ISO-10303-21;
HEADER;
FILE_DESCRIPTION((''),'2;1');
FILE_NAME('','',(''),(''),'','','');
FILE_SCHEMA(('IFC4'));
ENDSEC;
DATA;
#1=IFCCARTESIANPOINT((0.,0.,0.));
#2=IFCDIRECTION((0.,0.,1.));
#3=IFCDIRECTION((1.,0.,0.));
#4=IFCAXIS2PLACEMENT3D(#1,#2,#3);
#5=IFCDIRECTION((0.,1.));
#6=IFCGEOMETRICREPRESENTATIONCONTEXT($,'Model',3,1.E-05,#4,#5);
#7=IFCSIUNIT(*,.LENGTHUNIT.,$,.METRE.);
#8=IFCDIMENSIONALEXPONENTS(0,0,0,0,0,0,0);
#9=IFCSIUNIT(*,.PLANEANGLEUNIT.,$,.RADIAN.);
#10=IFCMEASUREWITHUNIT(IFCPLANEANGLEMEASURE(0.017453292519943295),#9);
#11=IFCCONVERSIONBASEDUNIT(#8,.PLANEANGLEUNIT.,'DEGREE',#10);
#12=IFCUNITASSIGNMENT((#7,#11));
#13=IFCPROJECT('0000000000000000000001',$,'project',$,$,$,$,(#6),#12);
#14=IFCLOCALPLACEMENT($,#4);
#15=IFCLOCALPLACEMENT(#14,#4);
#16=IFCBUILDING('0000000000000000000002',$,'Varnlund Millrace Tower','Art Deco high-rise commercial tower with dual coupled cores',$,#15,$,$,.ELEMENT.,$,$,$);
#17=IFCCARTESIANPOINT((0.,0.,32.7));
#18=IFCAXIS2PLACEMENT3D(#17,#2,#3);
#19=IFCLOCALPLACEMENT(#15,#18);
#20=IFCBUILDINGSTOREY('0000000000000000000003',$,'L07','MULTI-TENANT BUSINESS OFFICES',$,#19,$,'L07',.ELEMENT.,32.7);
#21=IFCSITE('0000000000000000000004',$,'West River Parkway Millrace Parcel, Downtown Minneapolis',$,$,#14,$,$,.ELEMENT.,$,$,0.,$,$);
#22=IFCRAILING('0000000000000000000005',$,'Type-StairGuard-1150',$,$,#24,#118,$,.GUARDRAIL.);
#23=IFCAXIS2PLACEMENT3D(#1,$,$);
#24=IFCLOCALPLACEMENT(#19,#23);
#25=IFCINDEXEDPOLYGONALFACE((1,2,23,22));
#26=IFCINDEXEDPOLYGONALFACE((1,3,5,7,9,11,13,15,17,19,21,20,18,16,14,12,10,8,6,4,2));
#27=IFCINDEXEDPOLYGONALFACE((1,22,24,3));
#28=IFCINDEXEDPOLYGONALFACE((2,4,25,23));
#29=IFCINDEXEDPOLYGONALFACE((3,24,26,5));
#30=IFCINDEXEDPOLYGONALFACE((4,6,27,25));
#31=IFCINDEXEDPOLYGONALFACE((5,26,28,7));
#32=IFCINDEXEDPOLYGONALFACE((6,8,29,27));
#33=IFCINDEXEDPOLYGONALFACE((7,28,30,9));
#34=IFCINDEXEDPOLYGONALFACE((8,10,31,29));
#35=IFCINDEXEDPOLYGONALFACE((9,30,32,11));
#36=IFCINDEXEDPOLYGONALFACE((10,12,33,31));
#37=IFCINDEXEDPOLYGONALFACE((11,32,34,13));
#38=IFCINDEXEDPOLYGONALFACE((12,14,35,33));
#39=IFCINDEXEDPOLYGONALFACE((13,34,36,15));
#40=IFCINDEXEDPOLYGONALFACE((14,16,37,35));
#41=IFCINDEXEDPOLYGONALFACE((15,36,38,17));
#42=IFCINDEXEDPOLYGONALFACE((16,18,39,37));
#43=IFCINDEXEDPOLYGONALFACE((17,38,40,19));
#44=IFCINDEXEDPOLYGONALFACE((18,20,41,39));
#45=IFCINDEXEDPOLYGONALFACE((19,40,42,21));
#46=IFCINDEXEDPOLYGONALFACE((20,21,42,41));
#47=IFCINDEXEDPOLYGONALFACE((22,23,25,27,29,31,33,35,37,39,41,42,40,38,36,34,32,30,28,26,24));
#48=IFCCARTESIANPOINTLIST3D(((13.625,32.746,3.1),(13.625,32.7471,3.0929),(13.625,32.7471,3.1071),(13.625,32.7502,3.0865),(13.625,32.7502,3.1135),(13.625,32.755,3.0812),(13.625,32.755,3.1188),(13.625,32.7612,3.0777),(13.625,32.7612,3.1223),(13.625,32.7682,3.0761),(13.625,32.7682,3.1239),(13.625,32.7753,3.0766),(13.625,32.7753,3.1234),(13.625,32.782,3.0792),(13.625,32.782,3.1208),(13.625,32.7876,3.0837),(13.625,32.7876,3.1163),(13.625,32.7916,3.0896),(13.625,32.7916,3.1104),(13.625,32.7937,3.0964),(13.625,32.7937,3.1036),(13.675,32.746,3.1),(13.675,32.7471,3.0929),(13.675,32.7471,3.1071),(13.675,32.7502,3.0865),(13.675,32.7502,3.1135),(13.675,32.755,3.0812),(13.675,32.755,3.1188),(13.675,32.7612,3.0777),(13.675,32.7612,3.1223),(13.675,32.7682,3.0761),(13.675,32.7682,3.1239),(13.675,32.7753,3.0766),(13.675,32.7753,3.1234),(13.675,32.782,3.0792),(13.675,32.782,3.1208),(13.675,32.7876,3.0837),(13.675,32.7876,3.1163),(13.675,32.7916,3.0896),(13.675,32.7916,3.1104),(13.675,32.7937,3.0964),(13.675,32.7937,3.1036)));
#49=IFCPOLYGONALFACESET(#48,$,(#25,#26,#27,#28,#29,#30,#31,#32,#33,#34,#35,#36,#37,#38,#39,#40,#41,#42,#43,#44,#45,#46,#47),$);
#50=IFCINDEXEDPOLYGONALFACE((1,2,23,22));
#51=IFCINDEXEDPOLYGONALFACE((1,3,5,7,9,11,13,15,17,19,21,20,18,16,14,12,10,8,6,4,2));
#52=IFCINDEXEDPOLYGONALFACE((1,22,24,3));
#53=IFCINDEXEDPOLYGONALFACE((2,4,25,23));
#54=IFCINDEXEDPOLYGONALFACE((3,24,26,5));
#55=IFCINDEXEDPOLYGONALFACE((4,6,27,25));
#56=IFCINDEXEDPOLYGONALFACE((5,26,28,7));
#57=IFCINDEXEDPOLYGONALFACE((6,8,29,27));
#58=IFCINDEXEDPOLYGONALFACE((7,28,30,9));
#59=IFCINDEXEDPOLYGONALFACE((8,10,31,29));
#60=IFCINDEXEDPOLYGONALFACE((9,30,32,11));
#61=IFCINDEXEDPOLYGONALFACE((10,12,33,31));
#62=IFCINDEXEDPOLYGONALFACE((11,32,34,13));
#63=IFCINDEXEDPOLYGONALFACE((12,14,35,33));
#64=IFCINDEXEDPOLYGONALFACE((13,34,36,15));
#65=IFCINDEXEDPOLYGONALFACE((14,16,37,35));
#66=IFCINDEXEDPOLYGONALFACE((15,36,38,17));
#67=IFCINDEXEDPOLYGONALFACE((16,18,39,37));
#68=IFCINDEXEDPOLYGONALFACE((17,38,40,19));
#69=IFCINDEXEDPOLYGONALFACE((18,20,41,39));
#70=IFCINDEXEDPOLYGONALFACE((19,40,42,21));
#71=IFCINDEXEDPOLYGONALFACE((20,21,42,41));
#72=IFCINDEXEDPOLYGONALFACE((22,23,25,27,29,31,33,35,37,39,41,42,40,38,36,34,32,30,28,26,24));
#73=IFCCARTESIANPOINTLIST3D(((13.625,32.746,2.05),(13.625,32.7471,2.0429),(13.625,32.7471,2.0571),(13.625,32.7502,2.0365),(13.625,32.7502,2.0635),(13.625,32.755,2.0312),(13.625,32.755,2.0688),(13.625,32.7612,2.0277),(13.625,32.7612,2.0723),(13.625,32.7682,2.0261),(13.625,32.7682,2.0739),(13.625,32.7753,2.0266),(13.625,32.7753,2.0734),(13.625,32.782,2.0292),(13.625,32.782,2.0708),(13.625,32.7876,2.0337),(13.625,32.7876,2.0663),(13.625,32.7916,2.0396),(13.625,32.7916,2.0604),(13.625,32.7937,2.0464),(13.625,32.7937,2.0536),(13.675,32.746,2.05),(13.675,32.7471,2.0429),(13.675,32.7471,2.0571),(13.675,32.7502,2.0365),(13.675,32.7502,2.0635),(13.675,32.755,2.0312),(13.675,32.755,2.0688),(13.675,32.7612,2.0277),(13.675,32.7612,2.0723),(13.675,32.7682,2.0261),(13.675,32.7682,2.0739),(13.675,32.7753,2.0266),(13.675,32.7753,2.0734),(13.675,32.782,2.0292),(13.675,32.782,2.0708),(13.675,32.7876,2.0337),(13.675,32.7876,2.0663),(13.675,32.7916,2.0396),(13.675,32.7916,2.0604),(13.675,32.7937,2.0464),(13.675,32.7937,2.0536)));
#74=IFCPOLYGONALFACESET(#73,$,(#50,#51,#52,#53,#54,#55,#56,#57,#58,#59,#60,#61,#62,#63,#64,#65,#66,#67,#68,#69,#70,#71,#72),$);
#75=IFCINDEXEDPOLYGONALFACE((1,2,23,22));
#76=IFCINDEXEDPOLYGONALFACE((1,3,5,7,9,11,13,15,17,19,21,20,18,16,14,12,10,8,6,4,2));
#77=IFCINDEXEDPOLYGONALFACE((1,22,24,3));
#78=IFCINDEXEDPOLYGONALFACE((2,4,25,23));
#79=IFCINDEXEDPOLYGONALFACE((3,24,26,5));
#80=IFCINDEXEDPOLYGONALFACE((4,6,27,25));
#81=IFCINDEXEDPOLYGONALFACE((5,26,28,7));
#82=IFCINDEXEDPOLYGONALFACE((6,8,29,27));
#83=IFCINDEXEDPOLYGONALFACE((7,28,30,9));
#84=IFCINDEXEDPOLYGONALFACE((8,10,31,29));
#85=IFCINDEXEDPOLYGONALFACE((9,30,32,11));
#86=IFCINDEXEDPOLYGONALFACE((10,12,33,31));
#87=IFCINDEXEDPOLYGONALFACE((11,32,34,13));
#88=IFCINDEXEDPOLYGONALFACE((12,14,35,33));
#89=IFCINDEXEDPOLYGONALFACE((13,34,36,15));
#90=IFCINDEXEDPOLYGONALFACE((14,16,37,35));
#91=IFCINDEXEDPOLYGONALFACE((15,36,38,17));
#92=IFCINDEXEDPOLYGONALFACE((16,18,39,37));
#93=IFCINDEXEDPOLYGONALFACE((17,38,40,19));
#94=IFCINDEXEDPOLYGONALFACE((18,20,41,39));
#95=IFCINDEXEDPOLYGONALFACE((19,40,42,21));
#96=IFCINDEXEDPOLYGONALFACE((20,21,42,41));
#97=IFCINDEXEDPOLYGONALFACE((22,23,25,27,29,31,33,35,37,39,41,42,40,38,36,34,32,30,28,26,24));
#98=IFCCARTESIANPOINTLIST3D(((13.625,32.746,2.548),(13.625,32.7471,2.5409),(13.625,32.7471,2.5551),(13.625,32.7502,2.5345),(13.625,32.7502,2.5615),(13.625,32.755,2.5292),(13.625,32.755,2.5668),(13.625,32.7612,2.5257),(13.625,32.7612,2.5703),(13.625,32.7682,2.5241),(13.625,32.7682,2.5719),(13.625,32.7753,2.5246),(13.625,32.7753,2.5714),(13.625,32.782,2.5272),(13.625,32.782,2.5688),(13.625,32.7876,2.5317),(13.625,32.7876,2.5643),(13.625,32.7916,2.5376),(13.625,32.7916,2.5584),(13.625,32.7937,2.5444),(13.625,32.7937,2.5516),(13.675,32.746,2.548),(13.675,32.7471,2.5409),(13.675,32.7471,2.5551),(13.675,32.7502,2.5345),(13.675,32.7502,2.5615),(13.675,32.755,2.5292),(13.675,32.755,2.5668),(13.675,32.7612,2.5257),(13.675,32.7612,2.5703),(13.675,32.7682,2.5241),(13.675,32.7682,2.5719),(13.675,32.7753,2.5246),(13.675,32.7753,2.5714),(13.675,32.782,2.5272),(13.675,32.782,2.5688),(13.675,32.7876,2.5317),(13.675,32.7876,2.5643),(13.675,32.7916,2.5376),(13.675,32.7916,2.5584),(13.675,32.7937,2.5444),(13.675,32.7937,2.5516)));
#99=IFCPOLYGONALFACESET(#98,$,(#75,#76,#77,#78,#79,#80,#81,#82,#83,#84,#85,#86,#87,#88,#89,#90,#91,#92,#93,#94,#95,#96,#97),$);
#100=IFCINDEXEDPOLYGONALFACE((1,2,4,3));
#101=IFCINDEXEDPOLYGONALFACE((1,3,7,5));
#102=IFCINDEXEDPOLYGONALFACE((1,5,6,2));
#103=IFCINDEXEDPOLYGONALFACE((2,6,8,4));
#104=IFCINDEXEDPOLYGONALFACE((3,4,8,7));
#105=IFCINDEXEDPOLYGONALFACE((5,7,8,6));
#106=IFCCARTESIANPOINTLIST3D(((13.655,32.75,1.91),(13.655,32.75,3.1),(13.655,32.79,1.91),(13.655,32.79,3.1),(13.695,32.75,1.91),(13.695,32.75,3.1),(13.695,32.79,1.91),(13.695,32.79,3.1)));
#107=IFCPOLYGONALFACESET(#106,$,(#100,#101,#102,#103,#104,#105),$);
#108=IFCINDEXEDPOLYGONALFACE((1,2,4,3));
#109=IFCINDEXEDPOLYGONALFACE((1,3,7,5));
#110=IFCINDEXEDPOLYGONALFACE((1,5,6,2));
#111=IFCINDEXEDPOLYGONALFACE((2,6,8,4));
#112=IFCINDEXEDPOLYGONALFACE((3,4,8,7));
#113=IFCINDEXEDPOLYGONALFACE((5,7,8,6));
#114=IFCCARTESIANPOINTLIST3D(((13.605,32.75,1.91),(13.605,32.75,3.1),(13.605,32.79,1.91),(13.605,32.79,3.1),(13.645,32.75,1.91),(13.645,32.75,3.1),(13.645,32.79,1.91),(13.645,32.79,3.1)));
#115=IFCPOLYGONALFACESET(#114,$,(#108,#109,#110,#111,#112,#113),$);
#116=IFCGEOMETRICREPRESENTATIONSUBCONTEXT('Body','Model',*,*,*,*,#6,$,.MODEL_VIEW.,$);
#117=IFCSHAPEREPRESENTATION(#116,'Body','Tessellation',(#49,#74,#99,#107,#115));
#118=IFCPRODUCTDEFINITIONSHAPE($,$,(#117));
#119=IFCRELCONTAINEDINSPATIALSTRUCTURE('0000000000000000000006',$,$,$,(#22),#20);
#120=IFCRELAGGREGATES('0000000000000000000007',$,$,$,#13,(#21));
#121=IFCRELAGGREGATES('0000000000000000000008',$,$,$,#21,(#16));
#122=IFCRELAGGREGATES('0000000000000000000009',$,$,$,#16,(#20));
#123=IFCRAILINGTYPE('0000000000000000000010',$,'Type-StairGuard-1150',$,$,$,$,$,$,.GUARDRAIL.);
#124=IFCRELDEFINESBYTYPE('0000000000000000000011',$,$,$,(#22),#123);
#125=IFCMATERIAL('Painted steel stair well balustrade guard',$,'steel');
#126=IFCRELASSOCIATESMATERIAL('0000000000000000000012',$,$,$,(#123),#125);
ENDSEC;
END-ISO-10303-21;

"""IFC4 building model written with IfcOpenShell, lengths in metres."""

from ifc_helpers import new_model, entity, si_unit, converted_unit, direction, frame, origin_with_axes, origin_2d_with_axis, place, context, subcontext, project, spatial, rectangle, circle, extrude, material, type_object, element, save


model = new_model("IFC4")

# Units and contexts
model_context = context("Model", 3, precision=1e-05, world=origin_with_axes(), true_north=direction((0.0, 1.0)))
body_context = subcontext(model_context, "Body", "Model", "MODEL_VIEW")
ifc_project = project(units=[si_unit("LENGTHUNIT", "METRE"), converted_unit("PLANEANGLEUNIT", "DEGREE", entity("IfcPlaneAngleMeasure", 0.017453292519943295), si_unit("PLANEANGLEUNIT", "RADIAN"), dimensions=[0, 0, 0, 0, 0, 0, 0])], contexts=[model_context])

# Site, building, storey
site_placement = place(None, origin_with_axes())
site = spatial("IfcSite", under=ifc_project, at=site_placement, Name="West River Parkway Millrace Parcel, Downtown Minneapolis", CompositionType="ELEMENT", RefElevation=0.0)
building_placement = place(site_placement, origin_with_axes())
building = spatial("IfcBuilding", under=site, at=building_placement, Name="Varnlund Millrace Tower", Description="Art Deco high-rise commercial tower with dual coupled cores", CompositionType="ELEMENT")
storey_placement = place(building_placement, frame((0.0, 0.0, 32.7), z_axis=(0.0, 0.0, 1.0), x_axis=(1.0, 0.0, 0.0)))
storey = spatial("IfcBuildingStorey", under=building, at=storey_placement, Name="L07", Description="MULTI-TENANT BUSINESS OFFICES", LongName="L07", CompositionType="ELEMENT", Elevation=32.7)

# Railing
ifc_material_1 = material(Name="Painted steel stair well balustrade guard", Category="steel")
railing_type_1 = type_object("IfcRailingType", Name="Type-StairGuard-1150", PredefinedType="GUARDRAIL", material=ifc_material_1)
railing_1_placement = place(storey_placement, frame((0.0, 0.0, -32.7), z_axis=(0.0, 0.0, 1.0), x_axis=(1.0, 0.0, 0.0)))
element("IfcRailing", 1, at=railing_1_placement, inside=storey, type_object=railing_type_1, Name="Type-StairGuard-1150", PredefinedType="GUARDRAIL", context=body_context, shape_type="SweptSolid", body=[
    extrude(circle(Radius=0.024, at=origin_2d_with_axis()), frame((13.675, 32.77, 35.8), z_axis=(-1.0, 0.0, 0.0), x_axis=(0.0, -1.0, 0.0)), (0.0, 0.0, 1.0), 0.05),
    extrude(circle(Radius=0.024, at=origin_2d_with_axis()), frame((13.675, 32.77, 34.75), z_axis=(-1.0, 0.0, 0.0), x_axis=(0.0, -1.0, 0.0)), (0.0, 0.0, 1.0), 0.05),
    extrude(circle(Radius=0.024, at=origin_2d_with_axis()), frame((13.675, 32.77, 35.248), z_axis=(-1.0, 0.0, 0.0), x_axis=(0.0, -1.0, 0.0)), (0.0, 0.0, 1.0), 0.05),
    extrude(rectangle(XDim=0.04, YDim=0.04, at=origin_2d_with_axis()), frame((13.675, 32.77, 34.61), z_axis=(0.0, 0.0, 1.0), x_axis=(1.0, 0.0, 0.0)), (0.0, 0.0, 1.0), 1.19),
    extrude(rectangle(XDim=0.04, YDim=0.04, at=origin_2d_with_axis()), frame((13.625, 32.77, 34.61), z_axis=(0.0, 0.0, 1.0), x_axis=(1.0, 0.0, 0.0)), (0.0, 0.0, 1.0), 1.19),
])

save(model, "model.ifc")
